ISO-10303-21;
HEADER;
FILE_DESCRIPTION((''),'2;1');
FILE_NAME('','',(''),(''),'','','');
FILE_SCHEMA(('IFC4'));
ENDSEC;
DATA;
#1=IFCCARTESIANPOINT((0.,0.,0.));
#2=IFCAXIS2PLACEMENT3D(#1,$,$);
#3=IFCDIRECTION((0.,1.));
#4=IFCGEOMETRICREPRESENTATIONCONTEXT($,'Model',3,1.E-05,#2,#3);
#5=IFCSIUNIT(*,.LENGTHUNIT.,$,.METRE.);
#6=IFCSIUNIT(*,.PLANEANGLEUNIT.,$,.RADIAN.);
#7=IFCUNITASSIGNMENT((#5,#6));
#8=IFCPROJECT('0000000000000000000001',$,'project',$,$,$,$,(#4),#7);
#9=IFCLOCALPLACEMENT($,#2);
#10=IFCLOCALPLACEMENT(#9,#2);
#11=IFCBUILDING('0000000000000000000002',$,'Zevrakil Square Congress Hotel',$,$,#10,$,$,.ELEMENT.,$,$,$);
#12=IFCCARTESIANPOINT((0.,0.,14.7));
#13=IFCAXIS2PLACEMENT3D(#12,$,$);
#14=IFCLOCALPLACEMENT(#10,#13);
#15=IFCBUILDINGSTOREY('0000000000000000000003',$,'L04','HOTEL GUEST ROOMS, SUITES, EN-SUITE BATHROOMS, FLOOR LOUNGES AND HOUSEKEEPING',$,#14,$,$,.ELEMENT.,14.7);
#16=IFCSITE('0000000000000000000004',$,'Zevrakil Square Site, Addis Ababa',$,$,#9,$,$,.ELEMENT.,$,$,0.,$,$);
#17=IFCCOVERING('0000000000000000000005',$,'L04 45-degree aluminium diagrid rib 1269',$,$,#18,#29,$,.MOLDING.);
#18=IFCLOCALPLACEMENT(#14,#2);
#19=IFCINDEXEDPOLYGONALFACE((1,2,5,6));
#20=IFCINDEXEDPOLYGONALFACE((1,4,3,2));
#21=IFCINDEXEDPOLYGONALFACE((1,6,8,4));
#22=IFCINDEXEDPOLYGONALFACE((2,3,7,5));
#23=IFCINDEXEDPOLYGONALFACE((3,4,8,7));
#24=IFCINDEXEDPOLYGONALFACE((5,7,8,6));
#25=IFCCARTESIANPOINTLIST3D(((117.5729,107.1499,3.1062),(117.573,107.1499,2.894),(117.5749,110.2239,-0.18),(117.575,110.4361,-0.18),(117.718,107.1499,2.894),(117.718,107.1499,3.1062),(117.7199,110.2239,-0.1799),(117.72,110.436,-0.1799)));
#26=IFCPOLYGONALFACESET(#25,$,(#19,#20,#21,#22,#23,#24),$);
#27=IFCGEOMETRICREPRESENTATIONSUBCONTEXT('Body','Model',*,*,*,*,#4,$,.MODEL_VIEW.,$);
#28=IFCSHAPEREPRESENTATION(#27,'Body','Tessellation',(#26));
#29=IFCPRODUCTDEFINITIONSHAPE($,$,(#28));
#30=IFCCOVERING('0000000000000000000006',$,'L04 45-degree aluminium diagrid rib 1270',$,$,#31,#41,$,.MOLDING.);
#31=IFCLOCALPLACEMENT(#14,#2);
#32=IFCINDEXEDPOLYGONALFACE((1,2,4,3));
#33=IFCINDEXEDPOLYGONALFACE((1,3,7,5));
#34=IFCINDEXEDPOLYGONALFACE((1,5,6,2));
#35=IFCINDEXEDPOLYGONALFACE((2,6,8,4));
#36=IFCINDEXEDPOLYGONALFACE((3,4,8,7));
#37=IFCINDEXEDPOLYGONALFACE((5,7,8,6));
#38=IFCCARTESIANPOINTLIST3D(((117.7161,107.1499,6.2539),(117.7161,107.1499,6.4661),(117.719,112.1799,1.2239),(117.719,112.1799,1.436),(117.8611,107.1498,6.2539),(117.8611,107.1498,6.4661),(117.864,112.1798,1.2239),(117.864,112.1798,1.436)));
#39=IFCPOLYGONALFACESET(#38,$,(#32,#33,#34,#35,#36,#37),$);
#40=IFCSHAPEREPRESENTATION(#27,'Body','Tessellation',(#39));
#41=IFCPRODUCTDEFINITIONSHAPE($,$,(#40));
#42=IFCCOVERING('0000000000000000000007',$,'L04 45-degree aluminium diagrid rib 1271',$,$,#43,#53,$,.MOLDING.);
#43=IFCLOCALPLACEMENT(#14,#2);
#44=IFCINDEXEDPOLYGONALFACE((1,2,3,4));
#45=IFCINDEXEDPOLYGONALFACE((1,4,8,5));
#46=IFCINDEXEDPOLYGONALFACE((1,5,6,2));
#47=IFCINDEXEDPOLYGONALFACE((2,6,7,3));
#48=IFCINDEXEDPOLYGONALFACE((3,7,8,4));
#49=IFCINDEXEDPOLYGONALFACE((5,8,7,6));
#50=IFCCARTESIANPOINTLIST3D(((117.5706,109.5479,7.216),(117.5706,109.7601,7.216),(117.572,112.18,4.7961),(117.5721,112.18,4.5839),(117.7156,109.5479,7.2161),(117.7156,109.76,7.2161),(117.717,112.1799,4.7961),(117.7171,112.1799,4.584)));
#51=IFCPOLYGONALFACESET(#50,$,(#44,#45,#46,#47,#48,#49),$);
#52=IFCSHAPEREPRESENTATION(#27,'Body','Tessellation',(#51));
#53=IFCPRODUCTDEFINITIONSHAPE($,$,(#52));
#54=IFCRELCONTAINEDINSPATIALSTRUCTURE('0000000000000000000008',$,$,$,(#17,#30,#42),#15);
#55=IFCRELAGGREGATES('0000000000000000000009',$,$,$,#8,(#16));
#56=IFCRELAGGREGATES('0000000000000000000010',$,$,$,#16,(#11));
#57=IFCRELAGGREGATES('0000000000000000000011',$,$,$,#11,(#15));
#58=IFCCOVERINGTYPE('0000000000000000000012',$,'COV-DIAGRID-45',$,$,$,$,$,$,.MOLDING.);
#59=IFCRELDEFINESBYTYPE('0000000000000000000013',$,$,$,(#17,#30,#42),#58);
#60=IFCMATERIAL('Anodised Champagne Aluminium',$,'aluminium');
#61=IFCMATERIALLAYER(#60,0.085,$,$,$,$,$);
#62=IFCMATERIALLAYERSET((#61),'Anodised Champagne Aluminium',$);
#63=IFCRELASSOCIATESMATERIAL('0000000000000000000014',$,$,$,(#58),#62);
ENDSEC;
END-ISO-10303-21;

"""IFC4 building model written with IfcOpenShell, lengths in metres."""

from ifc_helpers import new_model, si_unit, direction, frame, origin, place, context, subcontext, project, spatial, polyline, outline, extrude, material, layer, layer_set, type_object, element, save


model = new_model("IFC4")

# Units and contexts
model_context = context("Model", 3, precision=1e-05, world=origin(), true_north=direction((0.0, 1.0)))
body_context = subcontext(model_context, "Body", "Model", "MODEL_VIEW")
ifc_project = project(units=[si_unit("LENGTHUNIT", "METRE"), si_unit("PLANEANGLEUNIT", "RADIAN")], contexts=[model_context])

# Site, building, storey
site_placement = place(None, origin())
site = spatial("IfcSite", under=ifc_project, at=site_placement, Name="Zevrakil Square Site, Addis Ababa", CompositionType="ELEMENT", RefElevation=0.0)
building_placement = place(site_placement, origin())
building = spatial("IfcBuilding", under=site, at=building_placement, Name="Zevrakil Square Congress Hotel", CompositionType="ELEMENT")
storey_placement = place(building_placement, frame((0.0, 0.0, 14.7)))
storey = spatial("IfcBuildingStorey", under=building, at=storey_placement, Name="L04", Description="HOTEL GUEST ROOMS, SUITES, EN-SUITE BATHROOMS, FLOOR LOUNGES AND HOUSEKEEPING", CompositionType="ELEMENT", Elevation=14.7)

# Coverings
ifc_material_1 = material(Name="Anodised Champagne Aluminium", Category="aluminium")
ifc_layer_1 = layer(ifc_material_1, 0.085)
ifc_layer_set_1 = layer_set([ifc_layer_1], Name="Anodised Champagne Aluminium")
covering_type_1 = type_object("IfcCoveringType", Name="COV-DIAGRID-45", PredefinedType="MOLDING", material=ifc_layer_set_1)
covering_1_placement = place(storey_placement, frame((117.718, 107.1499, 2.894), z_axis=(1.0, -0.000307, 0.000307), x_axis=(-0.000307, 0.0, 1.0)))
element("IfcCovering", 1, at=covering_1_placement, inside=storey, type_object=covering_type_1, Name="L04 45-degree aluminium diagrid rib 1269", PredefinedType="MOLDING", context=body_context, shape_type="SweptSolid", body=[
    extrude(outline(polyline([(0.0, 0.0), (0.2122, 0.0), (-3.074, -3.2861), (-3.074, -3.074), (0.0, 0.0)])), origin(), (0.0, 0.0, -1.0), 0.145),
])
covering_2_placement = place(storey_placement, frame((117.7161, 107.1499, 6.2539), z_axis=(-1.0, 0.000582, 0.0), x_axis=(0.0, 0.0, 1.0)))
element("IfcCovering", 2, at=covering_2_placement, inside=storey, type_object=covering_type_1, Name="L04 45-degree aluminium diagrid rib 1270", PredefinedType="MOLDING", context=body_context, shape_type="SweptSolid", body=[
    extrude(outline(polyline([(0.0, 0.0), (0.2122, 0.0), (-4.8179, 5.03), (-5.03, 5.03), (0.0, 0.0)])), origin(), (0.0, 0.0, -1.0), 0.145),
])
covering_3_placement = place(storey_placement, frame((117.7156, 109.5479, 7.2161), z_axis=(1.0, -0.00029, 0.00029), x_axis=(0.00029, 1.0, 0.0)))
element("IfcCovering", 3, at=covering_3_placement, inside=storey, type_object=covering_type_1, Name="L04 45-degree aluminium diagrid rib 1271", PredefinedType="MOLDING", context=body_context, shape_type="SweptSolid", body=[
    extrude(outline(polyline([(0.0, 0.0), (0.2122, 0.0), (2.6321, -2.4199), (2.6321, -2.6321), (0.0, 0.0)])), origin(), (0.0, 0.0, -1.0), 0.145),
])

save(model, "model.ifc")
